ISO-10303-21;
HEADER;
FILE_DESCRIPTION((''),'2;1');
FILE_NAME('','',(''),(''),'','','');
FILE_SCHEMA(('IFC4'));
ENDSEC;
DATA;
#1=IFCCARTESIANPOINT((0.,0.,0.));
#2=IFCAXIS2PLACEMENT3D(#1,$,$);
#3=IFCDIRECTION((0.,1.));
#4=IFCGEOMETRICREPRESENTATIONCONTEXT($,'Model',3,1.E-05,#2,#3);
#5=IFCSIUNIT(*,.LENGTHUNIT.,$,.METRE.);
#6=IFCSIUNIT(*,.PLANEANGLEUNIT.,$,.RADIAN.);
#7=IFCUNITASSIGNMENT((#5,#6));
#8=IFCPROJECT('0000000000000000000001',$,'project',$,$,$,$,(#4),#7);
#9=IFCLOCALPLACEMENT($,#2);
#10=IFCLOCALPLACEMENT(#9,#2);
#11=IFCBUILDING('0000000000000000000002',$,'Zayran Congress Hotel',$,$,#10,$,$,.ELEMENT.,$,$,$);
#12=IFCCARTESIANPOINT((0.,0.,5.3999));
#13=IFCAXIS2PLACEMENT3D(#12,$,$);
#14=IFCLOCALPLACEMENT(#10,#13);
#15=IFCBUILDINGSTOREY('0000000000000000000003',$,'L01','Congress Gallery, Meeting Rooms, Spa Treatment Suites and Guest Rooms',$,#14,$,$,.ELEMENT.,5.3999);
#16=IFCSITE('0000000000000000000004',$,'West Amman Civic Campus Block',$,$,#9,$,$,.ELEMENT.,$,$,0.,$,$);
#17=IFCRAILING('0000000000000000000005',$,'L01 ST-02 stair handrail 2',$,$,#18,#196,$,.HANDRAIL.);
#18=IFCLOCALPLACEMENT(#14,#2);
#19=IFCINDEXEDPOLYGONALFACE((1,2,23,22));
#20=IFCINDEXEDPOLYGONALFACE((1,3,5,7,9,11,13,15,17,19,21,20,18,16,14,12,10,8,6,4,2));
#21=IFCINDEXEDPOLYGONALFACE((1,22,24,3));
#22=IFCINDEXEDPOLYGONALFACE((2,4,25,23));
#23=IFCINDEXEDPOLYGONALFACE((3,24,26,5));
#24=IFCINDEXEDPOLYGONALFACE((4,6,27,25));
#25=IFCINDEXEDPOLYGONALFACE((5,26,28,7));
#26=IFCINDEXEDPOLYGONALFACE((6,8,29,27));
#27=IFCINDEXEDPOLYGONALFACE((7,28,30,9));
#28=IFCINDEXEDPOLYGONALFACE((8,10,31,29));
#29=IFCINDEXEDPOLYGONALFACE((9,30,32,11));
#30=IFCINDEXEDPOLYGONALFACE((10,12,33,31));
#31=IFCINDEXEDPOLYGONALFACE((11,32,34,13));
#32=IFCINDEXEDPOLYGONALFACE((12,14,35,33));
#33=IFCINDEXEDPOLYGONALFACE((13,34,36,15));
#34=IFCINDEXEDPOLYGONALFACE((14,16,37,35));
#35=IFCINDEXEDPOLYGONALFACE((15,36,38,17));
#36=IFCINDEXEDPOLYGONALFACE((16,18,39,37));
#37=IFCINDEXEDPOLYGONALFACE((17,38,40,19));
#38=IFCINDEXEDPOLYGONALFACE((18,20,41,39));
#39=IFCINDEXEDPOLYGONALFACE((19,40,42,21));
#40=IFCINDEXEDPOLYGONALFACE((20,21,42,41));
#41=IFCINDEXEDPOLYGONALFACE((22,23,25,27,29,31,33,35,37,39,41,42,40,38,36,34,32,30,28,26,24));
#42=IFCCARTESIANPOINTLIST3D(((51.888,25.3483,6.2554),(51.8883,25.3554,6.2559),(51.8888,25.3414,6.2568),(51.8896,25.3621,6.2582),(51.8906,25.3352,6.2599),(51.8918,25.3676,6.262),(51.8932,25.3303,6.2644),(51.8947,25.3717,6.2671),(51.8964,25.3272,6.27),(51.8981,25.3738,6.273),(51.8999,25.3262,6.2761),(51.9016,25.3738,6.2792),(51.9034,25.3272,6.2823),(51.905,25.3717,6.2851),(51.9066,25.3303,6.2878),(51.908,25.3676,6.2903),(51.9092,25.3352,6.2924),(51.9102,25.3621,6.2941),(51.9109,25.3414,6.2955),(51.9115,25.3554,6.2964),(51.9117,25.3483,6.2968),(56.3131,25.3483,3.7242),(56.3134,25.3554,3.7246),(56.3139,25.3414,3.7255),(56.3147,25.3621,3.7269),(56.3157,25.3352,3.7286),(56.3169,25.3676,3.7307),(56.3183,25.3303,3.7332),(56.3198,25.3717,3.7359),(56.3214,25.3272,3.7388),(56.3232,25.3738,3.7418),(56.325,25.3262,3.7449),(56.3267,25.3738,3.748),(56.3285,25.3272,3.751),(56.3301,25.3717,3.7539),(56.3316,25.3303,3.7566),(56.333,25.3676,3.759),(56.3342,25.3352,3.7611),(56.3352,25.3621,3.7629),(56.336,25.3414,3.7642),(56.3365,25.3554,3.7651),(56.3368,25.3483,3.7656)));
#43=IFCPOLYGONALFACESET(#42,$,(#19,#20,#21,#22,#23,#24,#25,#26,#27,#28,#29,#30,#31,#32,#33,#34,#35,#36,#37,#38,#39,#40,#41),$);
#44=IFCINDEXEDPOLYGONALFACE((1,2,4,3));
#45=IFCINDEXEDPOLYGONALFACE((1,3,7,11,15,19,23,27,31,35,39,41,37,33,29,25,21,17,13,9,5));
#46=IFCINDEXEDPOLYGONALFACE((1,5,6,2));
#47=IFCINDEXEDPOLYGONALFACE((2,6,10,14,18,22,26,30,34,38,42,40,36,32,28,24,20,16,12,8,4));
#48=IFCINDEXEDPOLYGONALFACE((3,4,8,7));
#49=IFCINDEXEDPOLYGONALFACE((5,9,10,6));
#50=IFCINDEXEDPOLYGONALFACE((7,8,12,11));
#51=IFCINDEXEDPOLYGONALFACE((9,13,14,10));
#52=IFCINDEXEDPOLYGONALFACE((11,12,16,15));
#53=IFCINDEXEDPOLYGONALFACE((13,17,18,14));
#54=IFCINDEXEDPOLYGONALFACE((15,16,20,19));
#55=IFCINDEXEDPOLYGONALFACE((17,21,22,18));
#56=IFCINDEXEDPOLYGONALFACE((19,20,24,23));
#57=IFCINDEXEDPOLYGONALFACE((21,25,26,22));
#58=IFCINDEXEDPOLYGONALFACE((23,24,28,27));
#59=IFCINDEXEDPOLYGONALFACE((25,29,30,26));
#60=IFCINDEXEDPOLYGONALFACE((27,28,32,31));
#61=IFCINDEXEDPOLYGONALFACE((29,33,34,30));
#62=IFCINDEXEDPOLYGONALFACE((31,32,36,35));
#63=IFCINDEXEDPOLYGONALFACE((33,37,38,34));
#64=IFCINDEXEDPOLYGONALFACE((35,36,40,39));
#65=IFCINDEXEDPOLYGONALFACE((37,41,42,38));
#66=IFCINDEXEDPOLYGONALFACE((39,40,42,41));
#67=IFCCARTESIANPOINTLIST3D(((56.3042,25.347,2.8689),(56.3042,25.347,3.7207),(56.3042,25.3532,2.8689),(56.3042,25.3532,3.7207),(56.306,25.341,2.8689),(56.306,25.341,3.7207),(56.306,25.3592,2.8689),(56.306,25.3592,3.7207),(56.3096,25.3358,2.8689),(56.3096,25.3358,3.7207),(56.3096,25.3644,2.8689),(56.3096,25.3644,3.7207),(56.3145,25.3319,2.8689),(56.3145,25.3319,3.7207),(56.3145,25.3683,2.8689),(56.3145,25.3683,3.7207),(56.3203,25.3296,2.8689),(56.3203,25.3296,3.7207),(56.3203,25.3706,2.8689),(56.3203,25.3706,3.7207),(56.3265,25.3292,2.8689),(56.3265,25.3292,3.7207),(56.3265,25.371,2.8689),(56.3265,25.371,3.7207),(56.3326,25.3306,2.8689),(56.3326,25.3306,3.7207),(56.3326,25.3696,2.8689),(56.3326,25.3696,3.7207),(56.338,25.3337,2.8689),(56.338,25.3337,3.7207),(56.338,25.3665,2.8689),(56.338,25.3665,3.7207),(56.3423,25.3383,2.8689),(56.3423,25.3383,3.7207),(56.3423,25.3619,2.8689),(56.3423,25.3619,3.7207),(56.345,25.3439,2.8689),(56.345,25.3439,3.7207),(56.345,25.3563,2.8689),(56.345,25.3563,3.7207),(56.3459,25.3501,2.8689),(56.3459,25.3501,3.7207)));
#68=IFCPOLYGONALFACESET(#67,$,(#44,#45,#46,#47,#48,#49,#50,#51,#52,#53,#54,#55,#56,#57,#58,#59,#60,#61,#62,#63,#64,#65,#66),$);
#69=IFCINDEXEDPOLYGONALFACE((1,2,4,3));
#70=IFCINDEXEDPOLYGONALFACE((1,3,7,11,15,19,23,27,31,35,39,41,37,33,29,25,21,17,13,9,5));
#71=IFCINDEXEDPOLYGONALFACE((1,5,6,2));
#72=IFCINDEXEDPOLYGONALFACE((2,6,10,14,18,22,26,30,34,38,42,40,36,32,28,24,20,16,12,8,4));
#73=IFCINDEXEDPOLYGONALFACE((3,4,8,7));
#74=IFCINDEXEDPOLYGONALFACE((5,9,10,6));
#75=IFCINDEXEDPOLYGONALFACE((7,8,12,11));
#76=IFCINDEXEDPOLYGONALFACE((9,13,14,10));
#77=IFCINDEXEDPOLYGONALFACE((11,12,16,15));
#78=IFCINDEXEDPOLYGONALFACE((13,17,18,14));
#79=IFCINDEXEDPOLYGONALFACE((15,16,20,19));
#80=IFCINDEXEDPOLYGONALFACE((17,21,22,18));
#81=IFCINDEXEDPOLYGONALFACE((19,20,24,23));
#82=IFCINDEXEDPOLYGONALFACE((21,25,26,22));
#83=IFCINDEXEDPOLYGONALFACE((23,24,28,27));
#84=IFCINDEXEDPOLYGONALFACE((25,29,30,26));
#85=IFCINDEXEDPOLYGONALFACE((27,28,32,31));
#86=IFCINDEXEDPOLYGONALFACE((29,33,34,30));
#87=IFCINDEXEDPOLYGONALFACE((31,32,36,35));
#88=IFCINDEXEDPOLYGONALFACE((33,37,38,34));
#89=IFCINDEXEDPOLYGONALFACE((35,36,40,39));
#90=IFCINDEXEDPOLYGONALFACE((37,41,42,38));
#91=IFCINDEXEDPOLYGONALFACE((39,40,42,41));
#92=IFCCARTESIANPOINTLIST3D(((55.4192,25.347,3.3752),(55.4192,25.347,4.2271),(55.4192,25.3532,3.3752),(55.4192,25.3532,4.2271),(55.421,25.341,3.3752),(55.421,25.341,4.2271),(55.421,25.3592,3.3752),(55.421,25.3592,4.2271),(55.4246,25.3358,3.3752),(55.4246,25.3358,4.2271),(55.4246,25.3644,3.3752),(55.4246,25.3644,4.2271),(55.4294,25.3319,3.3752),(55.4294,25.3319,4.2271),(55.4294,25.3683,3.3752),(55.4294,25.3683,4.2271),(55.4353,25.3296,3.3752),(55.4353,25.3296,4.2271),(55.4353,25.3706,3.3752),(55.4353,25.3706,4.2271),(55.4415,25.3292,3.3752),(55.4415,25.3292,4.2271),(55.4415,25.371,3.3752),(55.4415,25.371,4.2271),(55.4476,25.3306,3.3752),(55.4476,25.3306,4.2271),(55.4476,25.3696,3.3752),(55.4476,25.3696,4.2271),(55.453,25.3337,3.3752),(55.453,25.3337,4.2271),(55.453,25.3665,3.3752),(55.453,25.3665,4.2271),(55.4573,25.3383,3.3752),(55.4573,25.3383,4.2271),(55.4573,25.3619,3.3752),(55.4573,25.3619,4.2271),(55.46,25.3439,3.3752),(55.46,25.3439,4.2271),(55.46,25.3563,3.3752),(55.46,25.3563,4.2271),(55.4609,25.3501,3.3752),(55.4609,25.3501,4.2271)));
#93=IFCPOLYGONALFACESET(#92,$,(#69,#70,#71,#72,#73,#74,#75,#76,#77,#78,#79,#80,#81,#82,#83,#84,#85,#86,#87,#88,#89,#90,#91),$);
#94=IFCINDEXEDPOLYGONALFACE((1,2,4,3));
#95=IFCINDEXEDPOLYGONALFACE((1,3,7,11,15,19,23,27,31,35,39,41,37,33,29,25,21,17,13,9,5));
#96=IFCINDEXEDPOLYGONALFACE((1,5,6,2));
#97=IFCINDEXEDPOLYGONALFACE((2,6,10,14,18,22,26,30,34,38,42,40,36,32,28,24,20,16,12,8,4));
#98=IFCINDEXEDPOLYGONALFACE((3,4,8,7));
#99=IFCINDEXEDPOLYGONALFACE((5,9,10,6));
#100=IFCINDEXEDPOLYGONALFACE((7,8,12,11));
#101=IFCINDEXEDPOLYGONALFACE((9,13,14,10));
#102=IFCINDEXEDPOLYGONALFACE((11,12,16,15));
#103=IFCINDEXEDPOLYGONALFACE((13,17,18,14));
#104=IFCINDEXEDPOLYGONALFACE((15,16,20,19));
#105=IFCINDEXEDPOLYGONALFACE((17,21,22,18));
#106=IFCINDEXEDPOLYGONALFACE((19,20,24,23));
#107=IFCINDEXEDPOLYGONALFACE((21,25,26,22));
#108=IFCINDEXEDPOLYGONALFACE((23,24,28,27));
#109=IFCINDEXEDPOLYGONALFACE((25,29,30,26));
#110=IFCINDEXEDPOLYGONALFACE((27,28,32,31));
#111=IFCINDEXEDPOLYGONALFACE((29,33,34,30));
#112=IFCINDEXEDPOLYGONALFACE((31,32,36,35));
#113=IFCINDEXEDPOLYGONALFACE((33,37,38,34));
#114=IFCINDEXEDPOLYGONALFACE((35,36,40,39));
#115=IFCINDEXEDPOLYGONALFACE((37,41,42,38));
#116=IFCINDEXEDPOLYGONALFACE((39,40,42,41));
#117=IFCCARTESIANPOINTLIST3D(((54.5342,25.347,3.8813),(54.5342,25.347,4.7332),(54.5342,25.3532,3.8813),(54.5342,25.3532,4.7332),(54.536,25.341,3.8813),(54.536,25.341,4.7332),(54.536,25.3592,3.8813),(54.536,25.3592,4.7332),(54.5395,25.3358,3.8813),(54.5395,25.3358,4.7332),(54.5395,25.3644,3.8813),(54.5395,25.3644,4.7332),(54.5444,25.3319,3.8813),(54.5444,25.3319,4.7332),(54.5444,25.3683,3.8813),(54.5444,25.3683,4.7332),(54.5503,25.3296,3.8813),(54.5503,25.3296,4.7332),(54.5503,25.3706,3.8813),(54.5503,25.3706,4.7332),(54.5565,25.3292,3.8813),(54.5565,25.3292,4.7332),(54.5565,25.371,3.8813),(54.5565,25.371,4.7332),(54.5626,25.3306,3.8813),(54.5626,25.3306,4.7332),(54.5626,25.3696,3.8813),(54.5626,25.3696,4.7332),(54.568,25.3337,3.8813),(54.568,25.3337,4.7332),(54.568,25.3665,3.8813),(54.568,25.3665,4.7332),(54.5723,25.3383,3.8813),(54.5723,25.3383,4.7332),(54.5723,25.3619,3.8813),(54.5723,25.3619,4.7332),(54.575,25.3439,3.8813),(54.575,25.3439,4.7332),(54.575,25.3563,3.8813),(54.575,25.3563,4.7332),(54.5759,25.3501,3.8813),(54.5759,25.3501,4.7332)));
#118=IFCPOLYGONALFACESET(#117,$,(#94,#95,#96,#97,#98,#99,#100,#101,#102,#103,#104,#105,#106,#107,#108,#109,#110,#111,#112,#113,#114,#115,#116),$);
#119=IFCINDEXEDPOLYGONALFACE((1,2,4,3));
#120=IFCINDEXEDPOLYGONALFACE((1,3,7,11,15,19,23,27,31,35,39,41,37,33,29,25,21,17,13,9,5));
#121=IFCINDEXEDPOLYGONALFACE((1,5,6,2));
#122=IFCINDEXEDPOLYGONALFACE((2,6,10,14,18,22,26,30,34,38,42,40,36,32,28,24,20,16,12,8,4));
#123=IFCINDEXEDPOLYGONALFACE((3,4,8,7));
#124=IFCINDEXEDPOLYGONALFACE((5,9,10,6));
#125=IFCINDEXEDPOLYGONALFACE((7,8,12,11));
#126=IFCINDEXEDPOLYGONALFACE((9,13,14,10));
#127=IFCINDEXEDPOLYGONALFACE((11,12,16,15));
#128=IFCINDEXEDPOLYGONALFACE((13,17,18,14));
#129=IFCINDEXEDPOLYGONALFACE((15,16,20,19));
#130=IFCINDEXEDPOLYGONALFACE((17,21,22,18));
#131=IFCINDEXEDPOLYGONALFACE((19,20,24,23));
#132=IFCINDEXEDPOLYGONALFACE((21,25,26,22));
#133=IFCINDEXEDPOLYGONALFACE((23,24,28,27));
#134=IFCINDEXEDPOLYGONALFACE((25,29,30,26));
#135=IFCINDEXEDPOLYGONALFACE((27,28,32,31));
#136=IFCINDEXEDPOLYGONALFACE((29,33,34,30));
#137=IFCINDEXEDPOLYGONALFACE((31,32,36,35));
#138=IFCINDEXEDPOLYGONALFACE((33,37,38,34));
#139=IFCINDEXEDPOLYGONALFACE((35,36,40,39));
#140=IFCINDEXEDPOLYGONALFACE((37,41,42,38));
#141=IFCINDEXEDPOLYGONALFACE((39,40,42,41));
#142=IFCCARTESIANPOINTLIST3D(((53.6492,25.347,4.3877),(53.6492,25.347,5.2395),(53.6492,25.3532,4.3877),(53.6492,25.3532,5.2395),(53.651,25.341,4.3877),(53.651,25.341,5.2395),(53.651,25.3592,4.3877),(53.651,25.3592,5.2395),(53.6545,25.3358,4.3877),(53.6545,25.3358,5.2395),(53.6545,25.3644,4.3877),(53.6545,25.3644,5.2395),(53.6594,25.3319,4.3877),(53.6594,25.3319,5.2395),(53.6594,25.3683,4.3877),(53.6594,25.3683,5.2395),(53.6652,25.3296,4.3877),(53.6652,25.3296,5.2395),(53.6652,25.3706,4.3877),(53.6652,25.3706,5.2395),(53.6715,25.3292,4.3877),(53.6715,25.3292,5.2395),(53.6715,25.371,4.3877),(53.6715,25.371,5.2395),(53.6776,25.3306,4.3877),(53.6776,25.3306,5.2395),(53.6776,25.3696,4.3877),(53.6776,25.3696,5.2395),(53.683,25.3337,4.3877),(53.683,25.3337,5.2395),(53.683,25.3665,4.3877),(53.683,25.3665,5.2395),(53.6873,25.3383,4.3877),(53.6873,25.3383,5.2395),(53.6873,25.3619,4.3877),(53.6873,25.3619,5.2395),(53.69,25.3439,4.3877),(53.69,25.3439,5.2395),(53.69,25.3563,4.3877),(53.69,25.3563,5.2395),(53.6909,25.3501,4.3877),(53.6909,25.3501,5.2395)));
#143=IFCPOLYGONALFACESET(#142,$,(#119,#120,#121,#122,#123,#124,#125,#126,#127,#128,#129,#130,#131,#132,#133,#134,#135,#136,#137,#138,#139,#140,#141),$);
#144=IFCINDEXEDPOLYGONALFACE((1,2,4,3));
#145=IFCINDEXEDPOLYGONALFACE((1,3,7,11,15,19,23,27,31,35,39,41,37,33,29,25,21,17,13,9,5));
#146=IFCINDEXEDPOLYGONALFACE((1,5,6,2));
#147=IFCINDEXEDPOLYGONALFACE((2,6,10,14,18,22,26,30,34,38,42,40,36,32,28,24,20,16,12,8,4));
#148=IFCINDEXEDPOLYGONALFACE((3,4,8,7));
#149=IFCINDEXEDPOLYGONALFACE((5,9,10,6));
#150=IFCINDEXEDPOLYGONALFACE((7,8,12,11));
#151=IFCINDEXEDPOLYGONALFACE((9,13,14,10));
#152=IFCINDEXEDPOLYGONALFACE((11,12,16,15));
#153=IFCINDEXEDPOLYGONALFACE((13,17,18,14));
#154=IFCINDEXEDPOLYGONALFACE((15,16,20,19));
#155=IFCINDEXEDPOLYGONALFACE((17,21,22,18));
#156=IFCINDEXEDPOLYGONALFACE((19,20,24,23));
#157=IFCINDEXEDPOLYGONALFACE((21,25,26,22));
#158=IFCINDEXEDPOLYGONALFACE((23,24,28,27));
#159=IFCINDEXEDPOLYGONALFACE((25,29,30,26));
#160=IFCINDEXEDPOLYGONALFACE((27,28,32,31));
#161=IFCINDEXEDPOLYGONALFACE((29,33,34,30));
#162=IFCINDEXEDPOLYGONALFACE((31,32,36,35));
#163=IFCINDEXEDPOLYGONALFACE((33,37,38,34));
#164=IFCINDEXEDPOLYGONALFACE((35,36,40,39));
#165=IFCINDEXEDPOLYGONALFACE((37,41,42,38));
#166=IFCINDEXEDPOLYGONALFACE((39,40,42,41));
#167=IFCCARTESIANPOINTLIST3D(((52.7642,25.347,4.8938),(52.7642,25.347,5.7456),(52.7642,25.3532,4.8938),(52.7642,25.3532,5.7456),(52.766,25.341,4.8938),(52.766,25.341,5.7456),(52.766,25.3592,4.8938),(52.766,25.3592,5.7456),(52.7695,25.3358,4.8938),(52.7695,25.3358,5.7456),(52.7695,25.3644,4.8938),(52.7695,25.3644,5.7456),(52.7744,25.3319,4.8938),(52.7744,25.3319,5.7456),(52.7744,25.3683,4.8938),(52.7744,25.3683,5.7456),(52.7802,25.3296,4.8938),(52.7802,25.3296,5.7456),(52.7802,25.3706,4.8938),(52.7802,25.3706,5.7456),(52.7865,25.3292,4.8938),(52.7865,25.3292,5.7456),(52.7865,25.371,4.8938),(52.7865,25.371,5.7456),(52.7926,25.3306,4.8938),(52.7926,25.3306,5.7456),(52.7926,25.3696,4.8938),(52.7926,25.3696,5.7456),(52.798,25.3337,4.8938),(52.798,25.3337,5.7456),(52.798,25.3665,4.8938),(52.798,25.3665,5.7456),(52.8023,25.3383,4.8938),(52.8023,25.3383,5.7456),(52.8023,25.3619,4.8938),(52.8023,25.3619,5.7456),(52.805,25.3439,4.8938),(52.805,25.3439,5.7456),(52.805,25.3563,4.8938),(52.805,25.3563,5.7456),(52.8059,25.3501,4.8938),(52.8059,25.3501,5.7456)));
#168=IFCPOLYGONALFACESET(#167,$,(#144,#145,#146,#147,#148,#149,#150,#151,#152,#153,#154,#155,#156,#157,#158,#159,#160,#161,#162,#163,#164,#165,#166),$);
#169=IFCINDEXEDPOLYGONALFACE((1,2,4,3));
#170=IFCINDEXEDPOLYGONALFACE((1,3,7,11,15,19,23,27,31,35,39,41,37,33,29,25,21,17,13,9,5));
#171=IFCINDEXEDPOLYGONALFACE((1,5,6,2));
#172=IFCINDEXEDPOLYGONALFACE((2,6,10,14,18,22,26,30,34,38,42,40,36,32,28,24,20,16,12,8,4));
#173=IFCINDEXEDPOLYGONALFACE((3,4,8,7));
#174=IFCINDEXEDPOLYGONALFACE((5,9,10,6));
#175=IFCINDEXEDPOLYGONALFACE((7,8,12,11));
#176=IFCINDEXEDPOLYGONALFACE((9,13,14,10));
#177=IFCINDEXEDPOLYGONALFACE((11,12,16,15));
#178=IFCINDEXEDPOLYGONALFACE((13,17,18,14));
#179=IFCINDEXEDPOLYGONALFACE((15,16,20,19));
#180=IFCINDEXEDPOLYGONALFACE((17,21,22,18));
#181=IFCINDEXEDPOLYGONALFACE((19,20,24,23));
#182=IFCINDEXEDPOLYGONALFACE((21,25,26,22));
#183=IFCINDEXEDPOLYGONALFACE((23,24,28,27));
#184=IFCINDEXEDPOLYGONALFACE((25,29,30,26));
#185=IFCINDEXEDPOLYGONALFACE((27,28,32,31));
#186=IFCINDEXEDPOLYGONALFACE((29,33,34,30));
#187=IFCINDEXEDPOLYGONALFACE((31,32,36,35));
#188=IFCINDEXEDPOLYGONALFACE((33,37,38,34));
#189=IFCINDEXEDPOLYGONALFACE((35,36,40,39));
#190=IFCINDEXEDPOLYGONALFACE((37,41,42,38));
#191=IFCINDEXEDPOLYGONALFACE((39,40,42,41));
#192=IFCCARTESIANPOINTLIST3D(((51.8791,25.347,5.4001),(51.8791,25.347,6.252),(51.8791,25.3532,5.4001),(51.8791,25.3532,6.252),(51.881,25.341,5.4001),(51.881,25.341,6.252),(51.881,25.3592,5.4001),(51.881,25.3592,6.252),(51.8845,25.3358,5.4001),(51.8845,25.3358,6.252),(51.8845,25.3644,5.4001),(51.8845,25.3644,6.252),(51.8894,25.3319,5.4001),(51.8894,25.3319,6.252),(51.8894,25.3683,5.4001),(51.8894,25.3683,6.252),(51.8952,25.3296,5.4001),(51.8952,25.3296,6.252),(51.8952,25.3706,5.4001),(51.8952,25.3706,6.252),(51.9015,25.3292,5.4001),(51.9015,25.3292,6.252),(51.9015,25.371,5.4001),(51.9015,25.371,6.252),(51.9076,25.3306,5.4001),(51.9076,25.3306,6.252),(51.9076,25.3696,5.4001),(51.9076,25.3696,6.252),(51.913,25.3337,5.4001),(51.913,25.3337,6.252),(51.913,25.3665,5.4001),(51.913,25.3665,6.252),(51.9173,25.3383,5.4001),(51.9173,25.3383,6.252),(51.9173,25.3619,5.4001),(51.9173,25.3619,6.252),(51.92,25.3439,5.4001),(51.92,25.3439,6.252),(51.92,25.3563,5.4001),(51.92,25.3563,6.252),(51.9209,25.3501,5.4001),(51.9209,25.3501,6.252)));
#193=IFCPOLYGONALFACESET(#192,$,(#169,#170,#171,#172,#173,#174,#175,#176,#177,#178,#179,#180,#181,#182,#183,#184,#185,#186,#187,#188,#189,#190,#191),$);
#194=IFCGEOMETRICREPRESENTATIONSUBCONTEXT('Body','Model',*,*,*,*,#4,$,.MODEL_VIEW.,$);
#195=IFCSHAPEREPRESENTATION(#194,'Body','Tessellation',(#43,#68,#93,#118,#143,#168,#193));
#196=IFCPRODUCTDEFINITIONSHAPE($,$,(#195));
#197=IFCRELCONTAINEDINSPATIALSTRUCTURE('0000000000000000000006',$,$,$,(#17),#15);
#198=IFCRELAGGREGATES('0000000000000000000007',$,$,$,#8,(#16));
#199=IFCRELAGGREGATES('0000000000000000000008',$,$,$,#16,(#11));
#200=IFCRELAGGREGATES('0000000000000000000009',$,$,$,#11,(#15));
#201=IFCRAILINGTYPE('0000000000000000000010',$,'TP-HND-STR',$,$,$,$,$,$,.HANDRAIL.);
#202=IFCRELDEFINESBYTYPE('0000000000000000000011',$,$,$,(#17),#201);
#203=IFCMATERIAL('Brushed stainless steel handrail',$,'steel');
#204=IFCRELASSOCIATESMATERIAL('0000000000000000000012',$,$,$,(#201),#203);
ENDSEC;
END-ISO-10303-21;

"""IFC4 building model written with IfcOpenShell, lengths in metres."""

from ifc_helpers import new_model, si_unit, direction, frame, origin, origin_2d, place, context, subcontext, project, spatial, circle, extrude, material, type_object, element, save


model = new_model("IFC4")

# Units and contexts
model_context = context("Model", 3, precision=1e-05, world=origin(), true_north=direction((0.0, 1.0)))
body_context = subcontext(model_context, "Body", "Model", "MODEL_VIEW")
ifc_project = project(units=[si_unit("LENGTHUNIT", "METRE"), si_unit("PLANEANGLEUNIT", "RADIAN")], contexts=[model_context])

# Site, building, storey
site_placement = place(None, origin())
site = spatial("IfcSite", under=ifc_project, at=site_placement, Name="West Amman Civic Campus Block", CompositionType="ELEMENT", RefElevation=0.0)
building_placement = place(site_placement, origin())
building = spatial("IfcBuilding", under=site, at=building_placement, Name="Zayran Congress Hotel", CompositionType="ELEMENT")
storey_placement = place(building_placement, frame((0.0, 0.0, 5.3999)))
storey = spatial("IfcBuildingStorey", under=building, at=storey_placement, Name="L01", Description="Congress Gallery, Meeting Rooms, Spa Treatment Suites and Guest Rooms", CompositionType="ELEMENT", Elevation=5.3999)

# Railing
ifc_material_1 = material(Name="Brushed stainless steel handrail", Category="steel")
railing_type_1 = type_object("IfcRailingType", Name="TP-HND-STR", PredefinedType="HANDRAIL", material=ifc_material_1)
railing_1_placement = place(storey_placement, frame((56.325, 25.3501, 2.8689)))
element("IfcRailing", 1, at=railing_1_placement, inside=storey, type_object=railing_type_1, Name="L01 ST-02 stair handrail 2", PredefinedType="HANDRAIL", context=body_context, shape_type="SweptSolid", body=[
    extrude(circle(Radius=0.0239, at=origin_2d()), frame((0.0, 0.0, 0.876), z_axis=(-0.868019, 0.0, 0.496531), x_axis=(0.0, -1.0, 0.0)), (0.0, 0.0, 1.0), 5.0979),
    extrude(circle(Radius=0.021, at=origin_2d()), origin(), (0.0, 0.0, 1.0), 0.8518),
    extrude(circle(Radius=0.021, at=origin_2d()), frame((-0.885, 0.0, 0.5063)), (0.0, 0.0, 1.0), 0.8518),
    extrude(circle(Radius=0.021, at=origin_2d()), frame((-1.77, 0.0, 1.0125)), (0.0, 0.0, 1.0), 0.8518),
    extrude(circle(Radius=0.021, at=origin_2d()), frame((-2.655, 0.0, 1.5188)), (0.0, 0.0, 1.0), 0.8518),
    extrude(circle(Radius=0.021, at=origin_2d()), frame((-3.54, 0.0, 2.0249)), (0.0, 0.0, 1.0), 0.8518),
    extrude(circle(Radius=0.021, at=origin_2d()), frame((-4.425, 0.0, 2.5312)), (0.0, 0.0, 1.0), 0.8518),
])

save(model, "model.ifc")
